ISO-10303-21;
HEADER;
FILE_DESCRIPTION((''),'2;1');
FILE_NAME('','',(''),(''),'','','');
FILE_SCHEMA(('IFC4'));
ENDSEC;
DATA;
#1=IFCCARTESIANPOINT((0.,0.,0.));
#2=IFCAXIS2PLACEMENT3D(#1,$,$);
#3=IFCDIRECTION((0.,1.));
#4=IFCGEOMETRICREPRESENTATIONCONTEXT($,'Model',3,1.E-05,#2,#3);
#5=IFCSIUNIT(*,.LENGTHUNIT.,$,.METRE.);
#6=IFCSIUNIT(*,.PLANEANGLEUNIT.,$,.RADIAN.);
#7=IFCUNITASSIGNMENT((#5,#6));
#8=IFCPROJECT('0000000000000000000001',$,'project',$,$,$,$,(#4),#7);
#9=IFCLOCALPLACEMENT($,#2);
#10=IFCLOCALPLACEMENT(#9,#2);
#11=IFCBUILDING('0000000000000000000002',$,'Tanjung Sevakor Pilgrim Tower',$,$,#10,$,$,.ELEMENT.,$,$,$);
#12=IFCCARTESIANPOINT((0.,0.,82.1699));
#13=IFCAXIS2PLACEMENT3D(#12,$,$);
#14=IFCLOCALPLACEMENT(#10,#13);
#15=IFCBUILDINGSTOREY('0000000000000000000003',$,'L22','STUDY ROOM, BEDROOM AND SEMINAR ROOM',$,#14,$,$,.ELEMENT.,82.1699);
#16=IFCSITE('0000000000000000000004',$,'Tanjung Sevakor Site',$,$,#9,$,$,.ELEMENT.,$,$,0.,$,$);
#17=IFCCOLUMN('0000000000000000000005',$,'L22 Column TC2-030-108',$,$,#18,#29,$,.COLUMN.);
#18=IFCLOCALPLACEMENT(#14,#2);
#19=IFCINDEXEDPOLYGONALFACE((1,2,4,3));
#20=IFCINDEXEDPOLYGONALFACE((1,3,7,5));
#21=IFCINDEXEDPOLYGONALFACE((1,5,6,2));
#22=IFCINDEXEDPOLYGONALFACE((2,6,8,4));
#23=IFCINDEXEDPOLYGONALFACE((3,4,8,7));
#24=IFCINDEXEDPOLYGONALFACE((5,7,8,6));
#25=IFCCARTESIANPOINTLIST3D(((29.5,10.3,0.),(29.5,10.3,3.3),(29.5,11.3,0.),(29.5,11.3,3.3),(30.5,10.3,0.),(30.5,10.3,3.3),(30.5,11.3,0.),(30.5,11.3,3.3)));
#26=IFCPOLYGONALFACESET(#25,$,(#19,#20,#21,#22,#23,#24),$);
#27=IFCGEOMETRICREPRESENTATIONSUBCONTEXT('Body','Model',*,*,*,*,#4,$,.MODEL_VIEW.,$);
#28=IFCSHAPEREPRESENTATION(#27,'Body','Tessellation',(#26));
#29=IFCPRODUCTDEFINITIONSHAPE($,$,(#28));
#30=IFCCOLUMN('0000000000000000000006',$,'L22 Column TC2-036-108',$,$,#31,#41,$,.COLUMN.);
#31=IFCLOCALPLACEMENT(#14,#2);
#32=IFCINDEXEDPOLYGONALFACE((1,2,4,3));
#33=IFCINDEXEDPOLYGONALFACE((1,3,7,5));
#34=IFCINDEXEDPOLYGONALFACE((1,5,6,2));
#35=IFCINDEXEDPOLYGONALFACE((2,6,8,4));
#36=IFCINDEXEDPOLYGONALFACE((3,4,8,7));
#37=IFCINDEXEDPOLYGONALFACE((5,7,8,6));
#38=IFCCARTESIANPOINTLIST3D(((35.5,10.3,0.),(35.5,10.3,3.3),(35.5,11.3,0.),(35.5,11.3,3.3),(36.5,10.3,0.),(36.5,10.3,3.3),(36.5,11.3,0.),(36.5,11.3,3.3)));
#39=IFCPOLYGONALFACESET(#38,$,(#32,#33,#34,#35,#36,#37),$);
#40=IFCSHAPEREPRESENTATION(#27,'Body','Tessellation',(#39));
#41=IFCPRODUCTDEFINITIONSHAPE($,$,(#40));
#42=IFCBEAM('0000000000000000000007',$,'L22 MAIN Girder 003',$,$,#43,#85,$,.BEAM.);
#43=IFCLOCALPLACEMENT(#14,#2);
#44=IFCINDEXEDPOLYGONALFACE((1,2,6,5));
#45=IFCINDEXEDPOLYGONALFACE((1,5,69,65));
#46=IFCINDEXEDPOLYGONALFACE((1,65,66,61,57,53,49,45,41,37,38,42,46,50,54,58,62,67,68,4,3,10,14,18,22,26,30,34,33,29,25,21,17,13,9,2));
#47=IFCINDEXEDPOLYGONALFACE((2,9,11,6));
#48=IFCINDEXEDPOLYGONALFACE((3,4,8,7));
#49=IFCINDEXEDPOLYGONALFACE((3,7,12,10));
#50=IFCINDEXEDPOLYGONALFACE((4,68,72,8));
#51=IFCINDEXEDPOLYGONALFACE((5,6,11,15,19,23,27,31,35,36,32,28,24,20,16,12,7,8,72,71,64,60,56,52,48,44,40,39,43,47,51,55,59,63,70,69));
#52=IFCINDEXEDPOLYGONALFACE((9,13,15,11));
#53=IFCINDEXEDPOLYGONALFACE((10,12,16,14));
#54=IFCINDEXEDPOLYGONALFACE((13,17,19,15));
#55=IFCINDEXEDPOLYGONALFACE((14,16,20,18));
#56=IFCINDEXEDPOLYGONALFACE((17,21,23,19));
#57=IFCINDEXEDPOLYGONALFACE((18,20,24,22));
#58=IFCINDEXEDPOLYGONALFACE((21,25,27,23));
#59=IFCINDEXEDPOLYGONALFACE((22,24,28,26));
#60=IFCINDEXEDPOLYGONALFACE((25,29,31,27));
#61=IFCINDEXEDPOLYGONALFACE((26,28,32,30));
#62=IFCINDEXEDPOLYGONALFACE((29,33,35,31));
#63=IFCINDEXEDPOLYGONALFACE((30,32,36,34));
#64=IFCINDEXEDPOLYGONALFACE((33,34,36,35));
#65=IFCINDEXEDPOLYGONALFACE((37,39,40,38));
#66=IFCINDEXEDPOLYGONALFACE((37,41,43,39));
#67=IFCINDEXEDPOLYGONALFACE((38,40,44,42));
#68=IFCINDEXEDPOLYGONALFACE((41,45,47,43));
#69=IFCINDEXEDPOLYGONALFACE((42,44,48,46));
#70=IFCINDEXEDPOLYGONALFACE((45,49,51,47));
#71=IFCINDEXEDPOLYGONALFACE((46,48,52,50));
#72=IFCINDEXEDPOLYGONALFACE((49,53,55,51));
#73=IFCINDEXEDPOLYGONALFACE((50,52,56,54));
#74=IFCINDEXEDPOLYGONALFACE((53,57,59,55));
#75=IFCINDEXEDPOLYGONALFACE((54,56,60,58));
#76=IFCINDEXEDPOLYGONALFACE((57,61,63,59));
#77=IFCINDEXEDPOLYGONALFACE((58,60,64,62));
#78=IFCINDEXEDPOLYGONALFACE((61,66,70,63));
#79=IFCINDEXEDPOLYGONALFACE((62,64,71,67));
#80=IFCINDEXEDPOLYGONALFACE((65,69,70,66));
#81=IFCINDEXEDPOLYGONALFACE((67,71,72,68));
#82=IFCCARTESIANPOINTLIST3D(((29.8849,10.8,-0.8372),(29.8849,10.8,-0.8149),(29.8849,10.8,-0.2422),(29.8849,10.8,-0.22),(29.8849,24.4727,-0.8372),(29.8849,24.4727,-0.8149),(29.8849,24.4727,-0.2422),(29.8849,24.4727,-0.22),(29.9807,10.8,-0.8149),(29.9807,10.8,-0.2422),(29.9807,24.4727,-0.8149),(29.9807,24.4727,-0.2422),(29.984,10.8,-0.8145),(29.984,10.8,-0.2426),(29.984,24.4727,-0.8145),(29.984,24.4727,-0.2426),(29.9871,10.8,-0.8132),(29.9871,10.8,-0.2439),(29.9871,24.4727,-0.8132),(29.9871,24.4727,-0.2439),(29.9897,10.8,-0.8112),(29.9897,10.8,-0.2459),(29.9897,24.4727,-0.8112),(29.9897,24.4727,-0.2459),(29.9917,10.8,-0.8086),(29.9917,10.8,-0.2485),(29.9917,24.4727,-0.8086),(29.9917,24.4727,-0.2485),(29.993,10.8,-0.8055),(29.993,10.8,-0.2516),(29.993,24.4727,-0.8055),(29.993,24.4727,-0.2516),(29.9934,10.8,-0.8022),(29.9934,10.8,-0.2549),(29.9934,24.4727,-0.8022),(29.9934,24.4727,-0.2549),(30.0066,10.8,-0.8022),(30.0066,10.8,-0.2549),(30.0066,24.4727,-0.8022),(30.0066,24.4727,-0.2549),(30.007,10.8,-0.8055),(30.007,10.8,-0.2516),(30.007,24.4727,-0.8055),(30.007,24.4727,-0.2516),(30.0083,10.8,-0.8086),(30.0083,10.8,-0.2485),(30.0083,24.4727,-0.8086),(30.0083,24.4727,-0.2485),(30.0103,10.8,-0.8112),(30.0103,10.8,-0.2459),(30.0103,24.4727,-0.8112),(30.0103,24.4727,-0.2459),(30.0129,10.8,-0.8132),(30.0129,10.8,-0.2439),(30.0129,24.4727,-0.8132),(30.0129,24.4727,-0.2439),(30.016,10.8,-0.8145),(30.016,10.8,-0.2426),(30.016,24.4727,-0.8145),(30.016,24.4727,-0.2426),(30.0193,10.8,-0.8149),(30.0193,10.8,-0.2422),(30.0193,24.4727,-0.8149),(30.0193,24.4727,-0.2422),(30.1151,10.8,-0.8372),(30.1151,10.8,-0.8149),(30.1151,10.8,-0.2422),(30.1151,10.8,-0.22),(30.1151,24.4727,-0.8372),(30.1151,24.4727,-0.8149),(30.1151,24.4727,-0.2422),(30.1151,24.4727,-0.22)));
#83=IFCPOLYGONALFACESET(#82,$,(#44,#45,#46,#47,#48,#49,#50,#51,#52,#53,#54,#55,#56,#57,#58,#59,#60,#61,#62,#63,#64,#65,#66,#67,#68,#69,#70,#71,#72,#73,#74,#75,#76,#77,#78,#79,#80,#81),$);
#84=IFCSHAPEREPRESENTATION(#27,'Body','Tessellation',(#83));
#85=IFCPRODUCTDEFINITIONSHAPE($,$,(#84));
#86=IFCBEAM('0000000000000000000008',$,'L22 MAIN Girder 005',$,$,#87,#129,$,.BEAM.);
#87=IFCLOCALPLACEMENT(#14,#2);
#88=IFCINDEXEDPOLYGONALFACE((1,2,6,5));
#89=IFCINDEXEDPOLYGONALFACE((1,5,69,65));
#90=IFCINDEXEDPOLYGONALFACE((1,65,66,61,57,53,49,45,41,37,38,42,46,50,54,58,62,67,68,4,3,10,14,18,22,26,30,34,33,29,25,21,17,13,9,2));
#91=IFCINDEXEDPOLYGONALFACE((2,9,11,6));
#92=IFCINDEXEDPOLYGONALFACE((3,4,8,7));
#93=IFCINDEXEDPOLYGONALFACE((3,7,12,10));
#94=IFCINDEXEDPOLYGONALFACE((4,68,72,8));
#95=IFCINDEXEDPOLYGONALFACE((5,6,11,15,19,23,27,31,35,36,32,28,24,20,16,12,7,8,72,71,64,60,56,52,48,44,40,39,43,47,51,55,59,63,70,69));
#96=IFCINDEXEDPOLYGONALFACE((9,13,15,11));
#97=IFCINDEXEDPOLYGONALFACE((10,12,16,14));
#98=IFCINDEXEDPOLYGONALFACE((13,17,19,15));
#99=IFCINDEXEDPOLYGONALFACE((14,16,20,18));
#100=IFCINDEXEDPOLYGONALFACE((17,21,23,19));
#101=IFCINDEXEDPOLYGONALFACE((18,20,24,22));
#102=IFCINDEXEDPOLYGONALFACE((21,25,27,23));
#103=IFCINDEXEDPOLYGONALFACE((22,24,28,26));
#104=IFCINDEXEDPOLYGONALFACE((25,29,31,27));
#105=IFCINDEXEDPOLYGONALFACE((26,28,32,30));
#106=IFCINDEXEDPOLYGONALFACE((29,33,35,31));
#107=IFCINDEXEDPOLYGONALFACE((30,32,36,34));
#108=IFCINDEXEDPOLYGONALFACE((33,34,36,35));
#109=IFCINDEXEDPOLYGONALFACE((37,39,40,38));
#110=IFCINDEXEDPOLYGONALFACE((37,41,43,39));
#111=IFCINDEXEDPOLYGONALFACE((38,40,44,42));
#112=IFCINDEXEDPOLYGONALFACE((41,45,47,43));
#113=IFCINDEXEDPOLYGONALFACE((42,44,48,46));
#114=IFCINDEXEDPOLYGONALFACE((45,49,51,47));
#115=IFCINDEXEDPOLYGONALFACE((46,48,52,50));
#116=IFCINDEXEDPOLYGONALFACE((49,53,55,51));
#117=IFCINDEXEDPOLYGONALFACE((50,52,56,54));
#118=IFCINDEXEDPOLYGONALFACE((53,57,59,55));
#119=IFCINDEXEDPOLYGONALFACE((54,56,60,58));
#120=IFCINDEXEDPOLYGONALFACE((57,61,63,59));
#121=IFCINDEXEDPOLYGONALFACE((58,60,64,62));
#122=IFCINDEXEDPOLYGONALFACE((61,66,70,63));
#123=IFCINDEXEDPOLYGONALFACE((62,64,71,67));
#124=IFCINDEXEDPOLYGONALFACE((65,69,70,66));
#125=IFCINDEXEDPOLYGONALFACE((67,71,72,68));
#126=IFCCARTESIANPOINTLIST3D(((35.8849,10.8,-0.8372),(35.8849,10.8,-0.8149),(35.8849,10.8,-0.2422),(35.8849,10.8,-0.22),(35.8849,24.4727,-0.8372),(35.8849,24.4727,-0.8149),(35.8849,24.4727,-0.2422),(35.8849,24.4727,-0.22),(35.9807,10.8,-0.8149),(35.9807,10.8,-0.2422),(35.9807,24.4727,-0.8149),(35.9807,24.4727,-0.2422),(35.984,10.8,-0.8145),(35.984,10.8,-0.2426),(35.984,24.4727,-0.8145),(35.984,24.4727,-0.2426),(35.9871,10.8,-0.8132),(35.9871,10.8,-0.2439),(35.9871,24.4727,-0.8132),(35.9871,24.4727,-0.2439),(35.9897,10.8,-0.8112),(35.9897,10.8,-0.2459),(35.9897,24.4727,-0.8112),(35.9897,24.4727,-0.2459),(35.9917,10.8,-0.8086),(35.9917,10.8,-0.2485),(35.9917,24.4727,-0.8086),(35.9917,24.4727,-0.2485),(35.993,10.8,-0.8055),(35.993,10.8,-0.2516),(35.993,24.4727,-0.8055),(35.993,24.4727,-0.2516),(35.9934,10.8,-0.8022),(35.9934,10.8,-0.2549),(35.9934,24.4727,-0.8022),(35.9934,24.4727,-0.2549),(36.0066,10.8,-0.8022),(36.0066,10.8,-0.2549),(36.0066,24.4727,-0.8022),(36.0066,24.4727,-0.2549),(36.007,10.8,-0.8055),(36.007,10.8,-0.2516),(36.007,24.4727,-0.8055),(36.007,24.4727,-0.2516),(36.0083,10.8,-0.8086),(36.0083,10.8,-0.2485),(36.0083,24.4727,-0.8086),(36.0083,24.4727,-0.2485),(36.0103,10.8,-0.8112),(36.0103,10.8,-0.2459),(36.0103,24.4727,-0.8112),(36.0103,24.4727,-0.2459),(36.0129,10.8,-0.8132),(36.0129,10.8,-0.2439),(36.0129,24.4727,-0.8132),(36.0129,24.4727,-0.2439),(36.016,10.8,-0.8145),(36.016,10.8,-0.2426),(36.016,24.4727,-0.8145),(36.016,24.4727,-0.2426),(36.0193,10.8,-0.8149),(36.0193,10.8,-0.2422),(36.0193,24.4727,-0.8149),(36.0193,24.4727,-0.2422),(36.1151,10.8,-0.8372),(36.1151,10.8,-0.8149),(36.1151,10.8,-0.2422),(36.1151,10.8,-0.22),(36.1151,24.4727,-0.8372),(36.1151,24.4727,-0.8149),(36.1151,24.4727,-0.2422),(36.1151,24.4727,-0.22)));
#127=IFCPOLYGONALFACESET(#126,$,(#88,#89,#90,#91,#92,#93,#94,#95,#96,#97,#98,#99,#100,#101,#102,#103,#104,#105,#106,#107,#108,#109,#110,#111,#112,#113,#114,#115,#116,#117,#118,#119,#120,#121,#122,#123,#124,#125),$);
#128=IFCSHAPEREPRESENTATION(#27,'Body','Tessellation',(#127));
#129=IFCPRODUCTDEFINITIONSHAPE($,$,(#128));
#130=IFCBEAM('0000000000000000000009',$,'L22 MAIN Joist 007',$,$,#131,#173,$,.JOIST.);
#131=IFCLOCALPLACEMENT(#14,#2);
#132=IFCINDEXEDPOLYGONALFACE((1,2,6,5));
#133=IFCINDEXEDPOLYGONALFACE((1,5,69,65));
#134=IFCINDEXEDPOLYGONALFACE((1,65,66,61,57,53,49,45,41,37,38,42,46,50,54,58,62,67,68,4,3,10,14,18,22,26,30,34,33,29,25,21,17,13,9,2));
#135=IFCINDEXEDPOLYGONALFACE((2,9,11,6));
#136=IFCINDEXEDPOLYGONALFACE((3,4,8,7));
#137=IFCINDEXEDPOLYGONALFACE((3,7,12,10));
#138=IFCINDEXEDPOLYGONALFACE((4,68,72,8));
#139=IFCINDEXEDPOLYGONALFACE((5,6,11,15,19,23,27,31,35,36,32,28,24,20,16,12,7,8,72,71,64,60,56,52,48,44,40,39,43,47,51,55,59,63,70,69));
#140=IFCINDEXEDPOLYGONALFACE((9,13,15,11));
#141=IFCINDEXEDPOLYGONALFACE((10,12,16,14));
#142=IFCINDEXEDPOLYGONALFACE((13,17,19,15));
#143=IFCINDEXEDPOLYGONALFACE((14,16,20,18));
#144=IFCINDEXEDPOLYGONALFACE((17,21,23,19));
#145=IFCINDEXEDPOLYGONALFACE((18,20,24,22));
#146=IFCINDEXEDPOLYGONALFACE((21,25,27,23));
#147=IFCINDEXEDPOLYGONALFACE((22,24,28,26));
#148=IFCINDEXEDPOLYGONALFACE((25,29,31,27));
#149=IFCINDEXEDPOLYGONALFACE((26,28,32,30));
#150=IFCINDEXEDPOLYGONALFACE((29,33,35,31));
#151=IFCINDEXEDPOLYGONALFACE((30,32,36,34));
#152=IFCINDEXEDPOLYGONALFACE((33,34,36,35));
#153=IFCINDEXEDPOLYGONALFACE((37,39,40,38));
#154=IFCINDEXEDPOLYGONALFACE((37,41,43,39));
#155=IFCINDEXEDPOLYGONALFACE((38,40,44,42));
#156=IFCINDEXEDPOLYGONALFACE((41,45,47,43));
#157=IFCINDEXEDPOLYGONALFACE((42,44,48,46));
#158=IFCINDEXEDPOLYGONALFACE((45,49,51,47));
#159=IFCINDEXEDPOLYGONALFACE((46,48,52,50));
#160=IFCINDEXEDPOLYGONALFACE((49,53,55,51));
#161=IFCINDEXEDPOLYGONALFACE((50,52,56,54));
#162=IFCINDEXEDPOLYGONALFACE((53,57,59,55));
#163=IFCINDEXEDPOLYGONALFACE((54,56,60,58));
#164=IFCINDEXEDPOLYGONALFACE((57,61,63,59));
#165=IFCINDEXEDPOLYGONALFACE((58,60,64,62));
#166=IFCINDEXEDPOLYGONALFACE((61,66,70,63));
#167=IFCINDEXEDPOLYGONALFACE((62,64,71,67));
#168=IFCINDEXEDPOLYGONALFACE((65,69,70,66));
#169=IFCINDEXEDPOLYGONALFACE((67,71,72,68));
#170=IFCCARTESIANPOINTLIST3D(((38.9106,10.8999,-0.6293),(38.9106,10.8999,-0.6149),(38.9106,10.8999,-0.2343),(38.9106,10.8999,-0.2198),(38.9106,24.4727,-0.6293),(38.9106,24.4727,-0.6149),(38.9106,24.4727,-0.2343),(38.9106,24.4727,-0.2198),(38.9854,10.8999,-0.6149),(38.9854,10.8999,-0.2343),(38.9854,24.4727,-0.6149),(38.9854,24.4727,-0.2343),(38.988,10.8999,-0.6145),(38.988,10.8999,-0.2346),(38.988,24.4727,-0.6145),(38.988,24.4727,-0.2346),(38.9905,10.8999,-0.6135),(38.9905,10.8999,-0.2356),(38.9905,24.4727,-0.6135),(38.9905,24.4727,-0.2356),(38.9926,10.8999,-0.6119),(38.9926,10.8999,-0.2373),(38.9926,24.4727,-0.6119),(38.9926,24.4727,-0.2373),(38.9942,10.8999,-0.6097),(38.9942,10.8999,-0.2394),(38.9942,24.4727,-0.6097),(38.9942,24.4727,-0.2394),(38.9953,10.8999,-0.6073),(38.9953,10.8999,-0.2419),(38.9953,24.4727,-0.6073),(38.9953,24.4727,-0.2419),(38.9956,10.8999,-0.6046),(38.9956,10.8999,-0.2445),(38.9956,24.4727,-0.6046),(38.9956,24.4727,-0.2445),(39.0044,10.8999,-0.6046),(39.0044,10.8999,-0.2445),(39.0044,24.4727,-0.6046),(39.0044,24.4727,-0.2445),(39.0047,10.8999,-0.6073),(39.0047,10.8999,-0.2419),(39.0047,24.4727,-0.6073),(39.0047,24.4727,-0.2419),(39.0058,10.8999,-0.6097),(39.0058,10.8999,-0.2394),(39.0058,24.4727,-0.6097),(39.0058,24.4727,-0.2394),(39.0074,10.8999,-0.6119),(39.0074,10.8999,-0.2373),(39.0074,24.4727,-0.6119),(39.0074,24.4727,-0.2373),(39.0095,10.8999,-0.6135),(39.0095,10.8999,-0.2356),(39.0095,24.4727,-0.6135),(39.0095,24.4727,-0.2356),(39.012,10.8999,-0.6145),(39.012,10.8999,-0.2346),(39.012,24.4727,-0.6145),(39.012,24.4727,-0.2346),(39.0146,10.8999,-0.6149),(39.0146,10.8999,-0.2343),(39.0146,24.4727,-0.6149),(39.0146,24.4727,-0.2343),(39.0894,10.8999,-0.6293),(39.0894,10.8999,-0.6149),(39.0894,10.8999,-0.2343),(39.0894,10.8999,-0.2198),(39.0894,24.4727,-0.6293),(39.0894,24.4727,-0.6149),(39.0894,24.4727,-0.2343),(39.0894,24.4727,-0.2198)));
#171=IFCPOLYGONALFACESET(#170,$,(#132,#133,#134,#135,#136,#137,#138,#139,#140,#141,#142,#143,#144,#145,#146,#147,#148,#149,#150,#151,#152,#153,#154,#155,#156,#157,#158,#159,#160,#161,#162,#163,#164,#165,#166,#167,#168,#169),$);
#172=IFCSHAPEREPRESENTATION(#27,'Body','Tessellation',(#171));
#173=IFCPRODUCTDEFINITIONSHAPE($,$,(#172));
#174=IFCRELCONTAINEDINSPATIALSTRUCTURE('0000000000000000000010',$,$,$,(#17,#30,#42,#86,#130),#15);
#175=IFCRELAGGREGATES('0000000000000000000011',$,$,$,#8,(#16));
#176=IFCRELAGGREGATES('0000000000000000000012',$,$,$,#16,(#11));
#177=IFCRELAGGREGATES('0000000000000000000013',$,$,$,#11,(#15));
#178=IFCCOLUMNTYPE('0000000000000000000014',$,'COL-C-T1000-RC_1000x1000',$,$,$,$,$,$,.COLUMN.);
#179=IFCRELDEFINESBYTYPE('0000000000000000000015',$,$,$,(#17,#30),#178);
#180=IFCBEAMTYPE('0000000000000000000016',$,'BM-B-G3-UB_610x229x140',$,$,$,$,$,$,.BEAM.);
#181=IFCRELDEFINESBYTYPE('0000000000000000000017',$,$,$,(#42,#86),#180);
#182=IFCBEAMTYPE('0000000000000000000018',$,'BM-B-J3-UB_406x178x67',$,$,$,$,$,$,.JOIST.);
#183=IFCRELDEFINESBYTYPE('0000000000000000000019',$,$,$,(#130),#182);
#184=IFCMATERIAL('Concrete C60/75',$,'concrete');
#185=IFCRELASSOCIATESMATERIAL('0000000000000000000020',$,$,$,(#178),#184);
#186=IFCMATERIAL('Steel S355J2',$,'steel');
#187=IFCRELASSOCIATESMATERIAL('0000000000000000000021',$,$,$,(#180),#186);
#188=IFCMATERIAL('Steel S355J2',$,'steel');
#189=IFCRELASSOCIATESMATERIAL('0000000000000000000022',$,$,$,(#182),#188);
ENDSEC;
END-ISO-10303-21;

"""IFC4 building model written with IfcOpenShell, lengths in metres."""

from ifc_helpers import new_model, si_unit, direction, frame, origin, origin_2d, place, context, subcontext, project, spatial, rectangle, i_section, extrude, material, material_profile, profile_set, type_object, element, save


model = new_model("IFC4")

# Units and contexts
model_context = context("Model", 3, precision=1e-05, world=origin(), true_north=direction((0.0, 1.0)))
body_context = subcontext(model_context, "Body", "Model", "MODEL_VIEW")
ifc_project = project(units=[si_unit("LENGTHUNIT", "METRE"), si_unit("PLANEANGLEUNIT", "RADIAN")], contexts=[model_context])

# Site, building, storey
site_placement = place(None, origin())
site = spatial("IfcSite", under=ifc_project, at=site_placement, Name="Tanjung Sevakor Site", CompositionType="ELEMENT", RefElevation=0.0)
building_placement = place(site_placement, origin())
building = spatial("IfcBuilding", under=site, at=building_placement, Name="Tanjung Sevakor Pilgrim Tower", CompositionType="ELEMENT")
storey_placement = place(building_placement, frame((0.0, 0.0, 82.1699)))
storey = spatial("IfcBuildingStorey", under=building, at=storey_placement, Name="L22", Description="STUDY ROOM, BEDROOM AND SEMINAR ROOM", CompositionType="ELEMENT", Elevation=82.1699)

# Columns
ifc_material_1 = material(Name="Concrete C60/75", Category="concrete")
ifc_material_profile_1 = material_profile(ifc_material_1, rectangle(XDim=1.0, YDim=1.0, at=origin_2d()))
ifc_profile_set_1 = profile_set([ifc_material_profile_1], Name="Concrete C60/75")
column_type = type_object("IfcColumnType", Name="COL-C-T1000-RC_1000x1000", PredefinedType="COLUMN", material=ifc_profile_set_1)
for number, where, z_axis, x_axis, name in (
    (1, (30.0, 10.8, 0.0), (0.0, 0.0, 1.0), (1.0, 0.0, 0.0), "L22 Column TC2-030-108"),
    (2, (36.0, 10.8, 0.0), (0.0, 0.0, 1.0), (1.0, 0.0, 0.0), "L22 Column TC2-036-108"),
):
    element("IfcColumn", number, at=place(storey_placement, frame(where, z_axis=z_axis, x_axis=x_axis)), inside=storey, type_object=column_type, Name=name, PredefinedType="COLUMN", context=body_context, shape_type="SweptSolid", body=[
        extrude(rectangle(XDim=1.0, YDim=1.0, at=origin_2d()), origin(), (0.0, 0.0, 1.0), 3.3),
    ])

# Beams
ifc_material_2 = material(Name="Steel S355J2", Category="steel")
ifc_material_profile_2 = material_profile(ifc_material_2, i_section(OverallWidth=0.2302, OverallDepth=0.6172, WebThickness=0.0132, FlangeThickness=0.0222, FilletRadius=0.0127, at=origin_2d()))
ifc_profile_set_2 = profile_set([ifc_material_profile_2], Name="Steel S355J2")
beam_type_1 = type_object("IfcBeamType", Name="BM-B-G3-UB_610x229x140", PredefinedType="BEAM", material=ifc_profile_set_2)
for number, where, z_axis, x_axis, name in (
    (3, (30.0, 10.8, -0.5286), (0.0, 1.0, 0.0), (-1.0, 0.0, 0.0), "L22 MAIN Girder 003"),
    (4, (36.0, 10.8, -0.5286), (0.0, 1.0, 0.0), (-1.0, 0.0, 0.0), "L22 MAIN Girder 005"),
):
    element("IfcBeam", number, at=place(storey_placement, frame(where, z_axis=z_axis, x_axis=x_axis)), inside=storey, type_object=beam_type_1, Name=name, PredefinedType="BEAM", context=body_context, shape_type="SweptSolid", body=[
        extrude(i_section(OverallWidth=0.2302, OverallDepth=0.6172, WebThickness=0.0132, FlangeThickness=0.0222, FilletRadius=0.0127, at=origin_2d()), origin(), (0.0, 0.0, 1.0), 13.6726),
    ])
ifc_material_3 = material(Name="Steel S355J2", Category="steel")
ifc_material_profile_3 = material_profile(ifc_material_3, i_section(OverallWidth=0.1787, OverallDepth=0.4094, WebThickness=0.0088, FlangeThickness=0.0144, FilletRadius=0.0103, at=origin_2d()))
ifc_profile_set_3 = profile_set([ifc_material_profile_3], Name="Steel S355J2")
beam_type_2 = type_object("IfcBeamType", Name="BM-B-J3-UB_406x178x67", PredefinedType="JOIST", material=ifc_profile_set_3)
beam_1_placement = place(storey_placement, frame((39.0, 10.8999, -0.4246), z_axis=(0.0, 1.0, 0.0), x_axis=(-1.0, 0.0, 0.0)))
element("IfcBeam", 5, at=beam_1_placement, inside=storey, type_object=beam_type_2, Name="L22 MAIN Joist 007", PredefinedType="JOIST", context=body_context, shape_type="SweptSolid", body=[
    extrude(i_section(OverallWidth=0.1787, OverallDepth=0.4094, WebThickness=0.0088, FlangeThickness=0.0144, FilletRadius=0.0103, at=origin_2d()), origin(), (0.0, 0.0, 1.0), 13.5728),
])

save(model, "model.ifc")
